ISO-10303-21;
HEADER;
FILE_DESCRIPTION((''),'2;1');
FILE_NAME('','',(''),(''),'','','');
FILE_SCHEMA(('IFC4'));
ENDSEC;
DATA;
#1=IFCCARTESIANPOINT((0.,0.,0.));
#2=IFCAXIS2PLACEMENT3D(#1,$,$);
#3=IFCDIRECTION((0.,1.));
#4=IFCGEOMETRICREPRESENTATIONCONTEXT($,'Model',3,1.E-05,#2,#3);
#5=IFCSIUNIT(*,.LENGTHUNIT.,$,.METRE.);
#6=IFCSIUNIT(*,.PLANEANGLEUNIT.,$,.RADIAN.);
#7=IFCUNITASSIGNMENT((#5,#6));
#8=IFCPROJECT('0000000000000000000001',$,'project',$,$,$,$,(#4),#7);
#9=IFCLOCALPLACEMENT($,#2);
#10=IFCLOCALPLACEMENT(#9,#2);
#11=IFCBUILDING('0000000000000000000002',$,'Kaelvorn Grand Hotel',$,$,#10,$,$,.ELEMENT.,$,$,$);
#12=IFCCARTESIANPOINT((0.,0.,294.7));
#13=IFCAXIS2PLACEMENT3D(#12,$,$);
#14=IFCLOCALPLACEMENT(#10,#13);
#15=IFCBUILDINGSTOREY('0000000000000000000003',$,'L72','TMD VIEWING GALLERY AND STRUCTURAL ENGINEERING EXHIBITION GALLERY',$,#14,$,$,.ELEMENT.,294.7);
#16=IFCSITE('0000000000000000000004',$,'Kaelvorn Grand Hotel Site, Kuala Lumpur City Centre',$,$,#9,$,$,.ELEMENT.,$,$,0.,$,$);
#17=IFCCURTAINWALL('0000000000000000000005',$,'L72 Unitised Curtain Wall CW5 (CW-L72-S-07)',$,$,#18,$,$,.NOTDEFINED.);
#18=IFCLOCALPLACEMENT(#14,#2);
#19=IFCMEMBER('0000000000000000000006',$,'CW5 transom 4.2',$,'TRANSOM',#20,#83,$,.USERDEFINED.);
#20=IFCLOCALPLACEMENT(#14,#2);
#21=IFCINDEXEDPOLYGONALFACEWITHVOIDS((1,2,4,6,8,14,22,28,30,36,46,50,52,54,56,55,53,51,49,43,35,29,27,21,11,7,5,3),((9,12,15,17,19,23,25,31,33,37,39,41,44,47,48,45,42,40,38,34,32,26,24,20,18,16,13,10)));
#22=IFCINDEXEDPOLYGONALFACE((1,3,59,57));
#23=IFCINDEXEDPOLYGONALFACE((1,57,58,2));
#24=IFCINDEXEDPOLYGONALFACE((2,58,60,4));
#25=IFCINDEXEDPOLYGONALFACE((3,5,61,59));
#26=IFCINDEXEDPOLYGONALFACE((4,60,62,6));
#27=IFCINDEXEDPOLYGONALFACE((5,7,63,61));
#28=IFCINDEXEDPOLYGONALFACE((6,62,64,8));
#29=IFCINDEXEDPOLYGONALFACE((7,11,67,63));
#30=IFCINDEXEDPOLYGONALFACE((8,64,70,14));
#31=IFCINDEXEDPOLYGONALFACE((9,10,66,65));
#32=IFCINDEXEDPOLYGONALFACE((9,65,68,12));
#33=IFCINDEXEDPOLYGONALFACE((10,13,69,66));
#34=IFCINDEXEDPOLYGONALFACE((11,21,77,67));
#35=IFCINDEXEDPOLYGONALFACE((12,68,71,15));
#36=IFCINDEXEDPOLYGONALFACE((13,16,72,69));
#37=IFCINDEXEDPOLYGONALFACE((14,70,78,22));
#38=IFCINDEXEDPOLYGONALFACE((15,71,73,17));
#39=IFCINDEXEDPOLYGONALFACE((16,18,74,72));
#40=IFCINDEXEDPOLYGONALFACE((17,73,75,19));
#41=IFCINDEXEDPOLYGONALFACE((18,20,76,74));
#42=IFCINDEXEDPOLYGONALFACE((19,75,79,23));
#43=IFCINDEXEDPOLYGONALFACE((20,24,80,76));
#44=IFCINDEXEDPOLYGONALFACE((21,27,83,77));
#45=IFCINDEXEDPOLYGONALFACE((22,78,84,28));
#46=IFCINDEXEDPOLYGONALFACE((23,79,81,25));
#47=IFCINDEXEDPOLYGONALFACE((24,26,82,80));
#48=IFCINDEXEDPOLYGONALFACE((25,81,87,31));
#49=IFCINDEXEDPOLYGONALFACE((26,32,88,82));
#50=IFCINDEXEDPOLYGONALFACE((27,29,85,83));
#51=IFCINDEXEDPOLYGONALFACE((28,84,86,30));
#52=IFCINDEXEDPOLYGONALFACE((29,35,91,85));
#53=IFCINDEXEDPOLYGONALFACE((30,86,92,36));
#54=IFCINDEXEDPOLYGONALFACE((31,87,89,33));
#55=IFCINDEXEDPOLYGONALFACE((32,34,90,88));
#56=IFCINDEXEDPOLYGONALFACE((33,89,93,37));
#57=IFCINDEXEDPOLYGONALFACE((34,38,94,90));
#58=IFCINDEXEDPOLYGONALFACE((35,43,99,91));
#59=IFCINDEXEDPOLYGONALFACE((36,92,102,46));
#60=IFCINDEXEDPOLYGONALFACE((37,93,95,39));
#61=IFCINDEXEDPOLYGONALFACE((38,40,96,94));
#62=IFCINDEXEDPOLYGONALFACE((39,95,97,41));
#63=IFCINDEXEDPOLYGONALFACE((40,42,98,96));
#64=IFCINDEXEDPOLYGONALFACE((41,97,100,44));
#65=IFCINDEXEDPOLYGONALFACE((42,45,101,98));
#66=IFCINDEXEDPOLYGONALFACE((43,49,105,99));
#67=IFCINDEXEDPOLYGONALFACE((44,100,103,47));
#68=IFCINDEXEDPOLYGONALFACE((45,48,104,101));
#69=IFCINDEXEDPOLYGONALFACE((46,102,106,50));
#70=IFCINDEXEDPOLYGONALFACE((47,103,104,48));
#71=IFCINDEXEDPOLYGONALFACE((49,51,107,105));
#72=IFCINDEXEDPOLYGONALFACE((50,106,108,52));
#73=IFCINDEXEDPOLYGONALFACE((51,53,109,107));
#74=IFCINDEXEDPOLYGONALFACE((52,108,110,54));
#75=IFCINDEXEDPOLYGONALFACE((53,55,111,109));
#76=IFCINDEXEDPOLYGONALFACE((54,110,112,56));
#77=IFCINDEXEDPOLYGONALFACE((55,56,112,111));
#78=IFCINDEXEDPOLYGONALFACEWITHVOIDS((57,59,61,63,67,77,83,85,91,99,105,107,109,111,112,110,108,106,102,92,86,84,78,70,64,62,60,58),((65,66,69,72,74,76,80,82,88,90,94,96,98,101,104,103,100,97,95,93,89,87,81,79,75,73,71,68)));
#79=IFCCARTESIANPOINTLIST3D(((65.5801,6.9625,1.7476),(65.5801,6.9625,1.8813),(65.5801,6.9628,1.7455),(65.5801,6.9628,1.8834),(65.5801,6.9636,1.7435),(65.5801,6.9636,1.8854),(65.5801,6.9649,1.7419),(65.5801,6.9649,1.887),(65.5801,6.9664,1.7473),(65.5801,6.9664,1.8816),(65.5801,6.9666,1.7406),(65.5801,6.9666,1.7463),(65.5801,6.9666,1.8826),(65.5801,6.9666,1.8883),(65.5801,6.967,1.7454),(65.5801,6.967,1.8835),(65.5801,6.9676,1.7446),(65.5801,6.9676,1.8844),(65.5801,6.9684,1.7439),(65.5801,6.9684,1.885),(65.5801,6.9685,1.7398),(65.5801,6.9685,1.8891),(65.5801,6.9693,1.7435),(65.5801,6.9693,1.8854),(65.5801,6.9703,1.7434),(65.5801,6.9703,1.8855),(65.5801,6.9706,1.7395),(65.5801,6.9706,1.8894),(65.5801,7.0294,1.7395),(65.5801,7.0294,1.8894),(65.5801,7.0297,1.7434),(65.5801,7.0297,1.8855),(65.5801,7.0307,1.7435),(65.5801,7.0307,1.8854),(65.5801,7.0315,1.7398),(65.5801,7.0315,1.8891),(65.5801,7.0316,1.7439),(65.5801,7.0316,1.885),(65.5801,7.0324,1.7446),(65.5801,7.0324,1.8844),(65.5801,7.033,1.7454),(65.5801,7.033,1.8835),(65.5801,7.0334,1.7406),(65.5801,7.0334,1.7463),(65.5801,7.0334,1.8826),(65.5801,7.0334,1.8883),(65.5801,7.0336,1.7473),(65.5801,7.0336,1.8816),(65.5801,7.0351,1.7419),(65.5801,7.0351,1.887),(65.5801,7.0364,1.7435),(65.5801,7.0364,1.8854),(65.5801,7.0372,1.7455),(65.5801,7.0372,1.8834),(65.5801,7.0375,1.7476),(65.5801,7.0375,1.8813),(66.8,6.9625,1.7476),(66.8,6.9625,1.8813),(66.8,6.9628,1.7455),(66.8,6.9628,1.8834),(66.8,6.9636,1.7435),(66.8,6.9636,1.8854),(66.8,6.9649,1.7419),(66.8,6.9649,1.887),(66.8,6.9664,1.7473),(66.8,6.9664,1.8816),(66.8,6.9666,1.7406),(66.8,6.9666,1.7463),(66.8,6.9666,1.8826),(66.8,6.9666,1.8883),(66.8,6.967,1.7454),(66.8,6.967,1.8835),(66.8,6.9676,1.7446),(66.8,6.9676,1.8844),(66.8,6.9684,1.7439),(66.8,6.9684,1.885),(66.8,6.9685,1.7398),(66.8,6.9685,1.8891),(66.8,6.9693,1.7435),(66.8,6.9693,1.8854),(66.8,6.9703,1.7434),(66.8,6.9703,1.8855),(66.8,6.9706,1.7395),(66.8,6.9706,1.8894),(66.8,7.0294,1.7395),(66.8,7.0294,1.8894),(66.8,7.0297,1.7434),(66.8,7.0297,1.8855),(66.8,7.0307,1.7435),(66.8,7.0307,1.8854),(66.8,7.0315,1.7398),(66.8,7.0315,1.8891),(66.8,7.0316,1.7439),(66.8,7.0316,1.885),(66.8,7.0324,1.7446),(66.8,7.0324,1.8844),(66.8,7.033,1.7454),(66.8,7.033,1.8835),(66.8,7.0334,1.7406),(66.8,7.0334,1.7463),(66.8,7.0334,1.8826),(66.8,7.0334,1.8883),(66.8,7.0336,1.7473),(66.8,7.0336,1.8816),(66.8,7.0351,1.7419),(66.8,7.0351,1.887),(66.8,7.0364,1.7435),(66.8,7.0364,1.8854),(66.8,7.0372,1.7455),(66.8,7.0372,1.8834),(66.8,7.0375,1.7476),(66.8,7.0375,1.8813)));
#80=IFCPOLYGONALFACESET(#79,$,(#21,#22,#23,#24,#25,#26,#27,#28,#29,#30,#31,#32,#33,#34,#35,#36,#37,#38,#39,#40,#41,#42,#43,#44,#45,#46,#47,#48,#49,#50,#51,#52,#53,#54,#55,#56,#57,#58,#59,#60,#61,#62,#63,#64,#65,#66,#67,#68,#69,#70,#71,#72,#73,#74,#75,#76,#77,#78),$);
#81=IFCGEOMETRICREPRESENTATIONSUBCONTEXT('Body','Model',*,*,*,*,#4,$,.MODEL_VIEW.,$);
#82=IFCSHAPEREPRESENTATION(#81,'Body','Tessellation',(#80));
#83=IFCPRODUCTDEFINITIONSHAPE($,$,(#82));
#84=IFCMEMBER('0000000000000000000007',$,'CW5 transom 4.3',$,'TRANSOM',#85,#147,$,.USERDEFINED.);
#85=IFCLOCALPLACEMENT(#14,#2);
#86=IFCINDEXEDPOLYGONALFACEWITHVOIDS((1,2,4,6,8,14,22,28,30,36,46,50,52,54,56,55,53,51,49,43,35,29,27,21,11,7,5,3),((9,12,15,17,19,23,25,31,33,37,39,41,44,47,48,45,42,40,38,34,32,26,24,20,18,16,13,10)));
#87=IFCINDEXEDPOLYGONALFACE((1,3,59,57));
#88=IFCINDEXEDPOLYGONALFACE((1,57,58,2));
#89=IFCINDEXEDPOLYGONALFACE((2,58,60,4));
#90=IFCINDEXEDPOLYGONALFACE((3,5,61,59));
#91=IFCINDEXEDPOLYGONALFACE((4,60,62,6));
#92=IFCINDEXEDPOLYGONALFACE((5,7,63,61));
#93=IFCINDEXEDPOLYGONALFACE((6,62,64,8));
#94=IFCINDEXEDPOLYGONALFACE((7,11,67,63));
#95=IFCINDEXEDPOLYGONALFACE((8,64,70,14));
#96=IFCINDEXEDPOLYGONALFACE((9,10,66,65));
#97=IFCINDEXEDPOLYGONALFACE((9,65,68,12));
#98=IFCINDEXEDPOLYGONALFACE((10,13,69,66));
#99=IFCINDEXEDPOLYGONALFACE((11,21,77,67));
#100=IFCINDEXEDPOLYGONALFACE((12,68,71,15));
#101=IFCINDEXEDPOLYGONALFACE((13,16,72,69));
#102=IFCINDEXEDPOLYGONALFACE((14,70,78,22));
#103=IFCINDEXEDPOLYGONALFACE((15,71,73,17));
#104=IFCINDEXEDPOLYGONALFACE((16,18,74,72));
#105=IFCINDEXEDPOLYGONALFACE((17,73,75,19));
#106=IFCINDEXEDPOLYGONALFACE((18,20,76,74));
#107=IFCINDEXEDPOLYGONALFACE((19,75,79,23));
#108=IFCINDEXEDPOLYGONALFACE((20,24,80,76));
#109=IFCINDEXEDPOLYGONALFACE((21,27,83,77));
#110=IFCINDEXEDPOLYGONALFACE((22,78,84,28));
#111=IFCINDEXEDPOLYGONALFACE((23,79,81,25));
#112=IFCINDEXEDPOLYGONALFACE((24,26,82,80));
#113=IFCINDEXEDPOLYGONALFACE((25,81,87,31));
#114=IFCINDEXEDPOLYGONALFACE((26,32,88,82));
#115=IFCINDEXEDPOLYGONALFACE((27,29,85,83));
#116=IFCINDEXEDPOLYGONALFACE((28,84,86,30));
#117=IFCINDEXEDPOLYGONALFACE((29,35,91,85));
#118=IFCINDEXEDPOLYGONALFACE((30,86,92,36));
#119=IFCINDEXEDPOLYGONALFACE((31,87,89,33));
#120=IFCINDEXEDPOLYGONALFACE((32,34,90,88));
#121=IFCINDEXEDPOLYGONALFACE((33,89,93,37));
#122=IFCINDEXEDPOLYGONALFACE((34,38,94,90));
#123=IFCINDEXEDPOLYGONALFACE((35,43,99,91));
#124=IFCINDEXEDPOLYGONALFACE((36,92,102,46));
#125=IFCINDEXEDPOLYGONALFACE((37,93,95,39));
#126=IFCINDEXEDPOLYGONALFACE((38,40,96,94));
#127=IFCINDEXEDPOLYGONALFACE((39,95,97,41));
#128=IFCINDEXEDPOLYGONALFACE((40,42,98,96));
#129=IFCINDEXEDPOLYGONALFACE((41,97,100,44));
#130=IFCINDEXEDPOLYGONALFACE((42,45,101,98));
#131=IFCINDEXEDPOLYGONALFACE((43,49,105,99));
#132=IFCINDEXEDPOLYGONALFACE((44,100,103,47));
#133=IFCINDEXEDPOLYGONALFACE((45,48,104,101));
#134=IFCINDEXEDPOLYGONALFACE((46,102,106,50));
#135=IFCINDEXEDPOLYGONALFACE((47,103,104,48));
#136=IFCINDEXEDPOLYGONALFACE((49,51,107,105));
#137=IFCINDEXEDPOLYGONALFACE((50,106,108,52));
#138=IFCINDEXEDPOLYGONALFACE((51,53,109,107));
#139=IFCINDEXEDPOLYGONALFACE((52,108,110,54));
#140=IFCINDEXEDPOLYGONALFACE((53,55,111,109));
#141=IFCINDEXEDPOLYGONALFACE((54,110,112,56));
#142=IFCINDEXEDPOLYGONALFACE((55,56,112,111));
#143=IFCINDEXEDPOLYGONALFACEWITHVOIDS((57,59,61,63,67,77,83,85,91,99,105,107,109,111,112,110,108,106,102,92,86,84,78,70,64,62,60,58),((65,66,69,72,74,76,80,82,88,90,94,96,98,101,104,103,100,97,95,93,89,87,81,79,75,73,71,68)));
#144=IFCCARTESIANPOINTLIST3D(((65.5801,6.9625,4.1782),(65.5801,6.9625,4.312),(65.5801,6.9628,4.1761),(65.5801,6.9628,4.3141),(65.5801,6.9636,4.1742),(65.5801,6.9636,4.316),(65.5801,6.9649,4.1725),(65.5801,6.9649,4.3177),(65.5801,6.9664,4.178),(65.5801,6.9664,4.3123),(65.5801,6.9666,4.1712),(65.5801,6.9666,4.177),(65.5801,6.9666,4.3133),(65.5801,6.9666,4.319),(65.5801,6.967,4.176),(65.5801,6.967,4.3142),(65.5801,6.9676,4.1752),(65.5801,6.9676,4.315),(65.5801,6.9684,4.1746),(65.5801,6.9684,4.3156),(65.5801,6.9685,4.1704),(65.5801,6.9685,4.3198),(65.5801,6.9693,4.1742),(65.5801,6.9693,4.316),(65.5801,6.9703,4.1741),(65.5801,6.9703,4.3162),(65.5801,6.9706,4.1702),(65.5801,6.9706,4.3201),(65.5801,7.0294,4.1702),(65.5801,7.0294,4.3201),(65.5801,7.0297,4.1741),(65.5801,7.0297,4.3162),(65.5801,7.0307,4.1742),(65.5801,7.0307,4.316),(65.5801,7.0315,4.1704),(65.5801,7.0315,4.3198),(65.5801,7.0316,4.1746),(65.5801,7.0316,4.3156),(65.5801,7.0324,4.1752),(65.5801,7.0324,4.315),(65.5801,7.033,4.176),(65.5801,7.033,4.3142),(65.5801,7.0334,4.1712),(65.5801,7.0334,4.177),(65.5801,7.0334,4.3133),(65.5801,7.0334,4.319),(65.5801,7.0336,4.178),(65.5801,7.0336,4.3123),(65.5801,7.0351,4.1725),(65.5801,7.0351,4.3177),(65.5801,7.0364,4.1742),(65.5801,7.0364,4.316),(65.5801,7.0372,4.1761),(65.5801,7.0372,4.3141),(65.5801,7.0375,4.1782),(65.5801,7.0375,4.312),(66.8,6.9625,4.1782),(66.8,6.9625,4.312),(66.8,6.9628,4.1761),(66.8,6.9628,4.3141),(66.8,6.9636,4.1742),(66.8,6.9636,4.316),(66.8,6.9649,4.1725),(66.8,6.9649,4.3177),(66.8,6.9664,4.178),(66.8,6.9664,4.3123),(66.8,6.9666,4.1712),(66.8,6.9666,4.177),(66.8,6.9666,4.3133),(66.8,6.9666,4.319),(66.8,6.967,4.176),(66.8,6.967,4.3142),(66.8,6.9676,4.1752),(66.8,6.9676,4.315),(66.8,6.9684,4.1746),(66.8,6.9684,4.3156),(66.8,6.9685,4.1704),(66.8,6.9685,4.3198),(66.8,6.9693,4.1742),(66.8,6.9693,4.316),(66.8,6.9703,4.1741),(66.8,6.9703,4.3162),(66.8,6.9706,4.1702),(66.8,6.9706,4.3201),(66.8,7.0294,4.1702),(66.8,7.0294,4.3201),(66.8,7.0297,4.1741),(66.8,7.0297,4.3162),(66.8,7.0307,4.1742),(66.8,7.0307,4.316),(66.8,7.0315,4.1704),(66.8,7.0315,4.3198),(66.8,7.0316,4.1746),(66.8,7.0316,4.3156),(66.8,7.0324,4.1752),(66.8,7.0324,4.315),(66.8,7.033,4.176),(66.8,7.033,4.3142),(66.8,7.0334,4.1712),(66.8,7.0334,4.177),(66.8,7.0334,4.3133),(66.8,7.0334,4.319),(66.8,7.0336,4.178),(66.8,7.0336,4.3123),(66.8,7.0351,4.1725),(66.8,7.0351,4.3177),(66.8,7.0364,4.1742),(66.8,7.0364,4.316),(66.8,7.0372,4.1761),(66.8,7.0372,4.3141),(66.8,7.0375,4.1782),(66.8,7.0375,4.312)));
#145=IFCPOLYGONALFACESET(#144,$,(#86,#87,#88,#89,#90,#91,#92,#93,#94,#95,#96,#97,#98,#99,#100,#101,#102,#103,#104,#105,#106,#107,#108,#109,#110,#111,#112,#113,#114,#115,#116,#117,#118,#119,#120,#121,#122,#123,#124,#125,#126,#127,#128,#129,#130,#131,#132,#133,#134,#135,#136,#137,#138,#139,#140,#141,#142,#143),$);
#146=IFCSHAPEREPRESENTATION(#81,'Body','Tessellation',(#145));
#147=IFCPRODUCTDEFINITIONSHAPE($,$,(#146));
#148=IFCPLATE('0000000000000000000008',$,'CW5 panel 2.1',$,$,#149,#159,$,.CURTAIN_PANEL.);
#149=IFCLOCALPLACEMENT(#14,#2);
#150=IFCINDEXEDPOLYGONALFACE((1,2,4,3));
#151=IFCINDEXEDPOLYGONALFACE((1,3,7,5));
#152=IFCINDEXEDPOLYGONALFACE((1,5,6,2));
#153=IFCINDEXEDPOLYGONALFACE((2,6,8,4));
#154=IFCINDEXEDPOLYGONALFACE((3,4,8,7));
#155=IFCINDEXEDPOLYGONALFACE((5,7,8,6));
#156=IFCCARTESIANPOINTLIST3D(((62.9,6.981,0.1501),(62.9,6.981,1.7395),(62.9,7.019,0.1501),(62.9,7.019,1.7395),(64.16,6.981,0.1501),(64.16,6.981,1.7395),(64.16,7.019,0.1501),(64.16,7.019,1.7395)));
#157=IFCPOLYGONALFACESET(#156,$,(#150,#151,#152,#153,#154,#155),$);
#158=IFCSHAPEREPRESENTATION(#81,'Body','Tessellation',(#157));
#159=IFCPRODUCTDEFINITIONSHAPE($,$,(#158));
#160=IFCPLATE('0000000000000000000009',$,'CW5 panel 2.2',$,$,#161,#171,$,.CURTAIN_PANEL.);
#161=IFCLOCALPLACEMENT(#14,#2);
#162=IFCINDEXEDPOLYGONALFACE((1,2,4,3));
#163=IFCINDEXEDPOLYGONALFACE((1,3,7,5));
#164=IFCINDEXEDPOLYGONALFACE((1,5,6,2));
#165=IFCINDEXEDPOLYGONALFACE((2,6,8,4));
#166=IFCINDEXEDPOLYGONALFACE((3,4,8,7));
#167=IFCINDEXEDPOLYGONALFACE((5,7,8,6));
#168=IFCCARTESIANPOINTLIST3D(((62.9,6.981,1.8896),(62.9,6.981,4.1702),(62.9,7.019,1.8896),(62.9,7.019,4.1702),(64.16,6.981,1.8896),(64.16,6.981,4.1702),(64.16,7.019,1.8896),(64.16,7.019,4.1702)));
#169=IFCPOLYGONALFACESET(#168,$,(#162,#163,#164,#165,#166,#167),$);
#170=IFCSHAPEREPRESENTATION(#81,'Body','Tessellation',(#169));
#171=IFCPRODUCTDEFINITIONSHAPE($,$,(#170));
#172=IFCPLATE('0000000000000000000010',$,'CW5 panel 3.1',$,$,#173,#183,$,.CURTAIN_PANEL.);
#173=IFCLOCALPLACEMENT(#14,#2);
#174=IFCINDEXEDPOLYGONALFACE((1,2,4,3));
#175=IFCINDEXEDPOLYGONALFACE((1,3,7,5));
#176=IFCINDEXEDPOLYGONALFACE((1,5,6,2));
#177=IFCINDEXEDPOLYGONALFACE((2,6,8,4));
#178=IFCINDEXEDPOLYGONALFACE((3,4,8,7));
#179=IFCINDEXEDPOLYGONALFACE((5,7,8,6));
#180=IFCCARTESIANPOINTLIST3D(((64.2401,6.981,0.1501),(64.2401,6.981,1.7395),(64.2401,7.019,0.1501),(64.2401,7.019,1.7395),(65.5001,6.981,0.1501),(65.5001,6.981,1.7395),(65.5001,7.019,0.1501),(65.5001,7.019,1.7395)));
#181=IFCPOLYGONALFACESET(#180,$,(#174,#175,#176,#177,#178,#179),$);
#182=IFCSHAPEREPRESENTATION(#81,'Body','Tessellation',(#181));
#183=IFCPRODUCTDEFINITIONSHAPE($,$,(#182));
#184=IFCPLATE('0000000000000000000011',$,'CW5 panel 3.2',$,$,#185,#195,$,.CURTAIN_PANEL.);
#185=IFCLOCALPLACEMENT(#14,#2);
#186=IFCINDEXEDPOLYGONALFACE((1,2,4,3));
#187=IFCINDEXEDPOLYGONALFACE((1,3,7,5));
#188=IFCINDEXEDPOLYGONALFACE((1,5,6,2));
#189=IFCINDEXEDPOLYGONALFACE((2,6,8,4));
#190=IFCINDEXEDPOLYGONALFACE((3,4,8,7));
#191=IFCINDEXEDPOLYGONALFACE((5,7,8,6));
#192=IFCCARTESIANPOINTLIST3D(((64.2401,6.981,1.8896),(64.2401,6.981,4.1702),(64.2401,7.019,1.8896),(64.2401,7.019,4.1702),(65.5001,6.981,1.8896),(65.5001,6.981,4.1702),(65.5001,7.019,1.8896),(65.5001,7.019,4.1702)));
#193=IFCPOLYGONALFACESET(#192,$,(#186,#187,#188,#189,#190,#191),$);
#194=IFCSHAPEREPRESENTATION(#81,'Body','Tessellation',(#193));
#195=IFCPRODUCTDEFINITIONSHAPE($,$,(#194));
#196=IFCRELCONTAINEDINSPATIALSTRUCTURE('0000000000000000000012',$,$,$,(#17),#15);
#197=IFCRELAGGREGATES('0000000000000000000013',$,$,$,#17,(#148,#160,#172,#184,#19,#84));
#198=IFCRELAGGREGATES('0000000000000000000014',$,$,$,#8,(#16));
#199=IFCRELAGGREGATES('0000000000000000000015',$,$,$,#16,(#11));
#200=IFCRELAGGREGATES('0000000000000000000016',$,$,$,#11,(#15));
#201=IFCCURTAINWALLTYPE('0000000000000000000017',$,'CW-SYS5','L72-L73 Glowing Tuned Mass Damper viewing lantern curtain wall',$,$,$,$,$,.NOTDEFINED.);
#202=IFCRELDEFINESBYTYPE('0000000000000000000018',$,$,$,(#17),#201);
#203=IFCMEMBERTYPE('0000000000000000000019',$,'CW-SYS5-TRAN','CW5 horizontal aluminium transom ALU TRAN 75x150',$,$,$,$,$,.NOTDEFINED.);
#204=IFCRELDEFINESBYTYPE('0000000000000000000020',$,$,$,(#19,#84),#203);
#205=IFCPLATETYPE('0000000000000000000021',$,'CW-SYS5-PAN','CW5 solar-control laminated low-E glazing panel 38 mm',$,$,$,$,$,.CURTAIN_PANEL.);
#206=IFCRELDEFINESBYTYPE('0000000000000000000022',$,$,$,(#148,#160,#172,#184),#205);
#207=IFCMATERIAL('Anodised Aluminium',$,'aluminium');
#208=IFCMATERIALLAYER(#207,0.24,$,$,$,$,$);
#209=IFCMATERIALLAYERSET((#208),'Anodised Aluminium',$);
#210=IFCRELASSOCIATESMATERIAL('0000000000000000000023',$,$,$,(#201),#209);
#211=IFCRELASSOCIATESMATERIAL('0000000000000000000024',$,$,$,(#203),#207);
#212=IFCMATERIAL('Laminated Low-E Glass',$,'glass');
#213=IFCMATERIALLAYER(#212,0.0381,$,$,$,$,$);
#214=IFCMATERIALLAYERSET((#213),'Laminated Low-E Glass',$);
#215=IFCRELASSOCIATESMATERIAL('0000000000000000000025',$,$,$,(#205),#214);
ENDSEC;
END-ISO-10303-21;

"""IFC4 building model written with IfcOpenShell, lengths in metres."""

from ifc_helpers import new_model, si_unit, direction, frame, origin, origin_2d, place, context, subcontext, project, spatial, rectangle, hollow_rectangle, extrude, material, layer, layer_set, material_profile, profile_set, type_object, element, aggregate, save


model = new_model("IFC4")

# Units and contexts
model_context = context("Model", 3, precision=1e-05, world=origin(), true_north=direction((0.0, 1.0)))
body_context = subcontext(model_context, "Body", "Model", "MODEL_VIEW")
ifc_project = project(units=[si_unit("LENGTHUNIT", "METRE"), si_unit("PLANEANGLEUNIT", "RADIAN")], contexts=[model_context])

# Site, building, storey
site_placement = place(None, origin())
site = spatial("IfcSite", under=ifc_project, at=site_placement, Name="Kaelvorn Grand Hotel Site, Kuala Lumpur City Centre", CompositionType="ELEMENT", RefElevation=0.0)
building_placement = place(site_placement, origin())
building = spatial("IfcBuilding", under=site, at=building_placement, Name="Kaelvorn Grand Hotel", CompositionType="ELEMENT")
storey_placement = place(building_placement, frame((0.0, 0.0, 294.7)))
storey = spatial("IfcBuildingStorey", under=building, at=storey_placement, Name="L72", Description="TMD VIEWING GALLERY AND STRUCTURAL ENGINEERING EXHIBITION GALLERY", CompositionType="ELEMENT", Elevation=294.7)

# Curtain wall, members, plates
ifc_material_1 = material(Name="Anodised Aluminium", Category="aluminium")
ifc_layer_1 = layer(ifc_material_1, 0.24)
ifc_layer_set_1 = layer_set([ifc_layer_1], Name="Anodised Aluminium")
curtain_wall_type = type_object("IfcCurtainWallType", Name="CW-SYS5", Description="L72-L73 Glowing Tuned Mass Damper viewing lantern curtain wall", PredefinedType="NOTDEFINED", material=ifc_layer_set_1)
curtain_wall_placement = place(storey_placement, origin())
curtain_wall = element("IfcCurtainWall", 1, at=curtain_wall_placement, inside=storey, type_object=curtain_wall_type, Name="L72 Unitised Curtain Wall CW5 (CW-L72-S-07)", PredefinedType="NOTDEFINED")
ifc_material_profile_1 = material_profile(ifc_material_1, hollow_rectangle(XDim=0.075, YDim=0.1499, WallThickness=0.0039, InnerFilletRadius=0.0039, OuterFilletRadius=0.0081, at=origin_2d()), Name="ALU TRAN 75x150")
ifc_profile_set_1 = profile_set([ifc_material_profile_1], Name="Anodised Aluminium")
member_type_1 = type_object("IfcMemberType", Name="CW-SYS5-TRAN", Description="CW5 horizontal aluminium transom ALU TRAN 75x150", PredefinedType="NOTDEFINED", material=ifc_profile_set_1)
member_1_placement = place(storey_placement, frame((65.5801, 7.0, 1.8145), z_axis=(1.0, 0.0, 0.0), x_axis=(0.0, 1.0, 0.0)))
member_1 = element("IfcMember", 2, at=member_1_placement, type_object=member_type_1, Name="CW5 transom 4.2", ObjectType="TRANSOM", PredefinedType="USERDEFINED", context=body_context, shape_type="SweptSolid", body=[
    extrude(hollow_rectangle(XDim=0.075, YDim=0.1499, WallThickness=0.0039, InnerFilletRadius=0.0039, OuterFilletRadius=0.0081, at=origin_2d()), origin(), (0.0, 0.0, 1.0), 1.22),
])
member_2_placement = place(storey_placement, frame((65.5801, 7.0, 4.2451), z_axis=(1.0, 0.0, 0.0), x_axis=(0.0, 1.0, 0.0)))
member_2 = element("IfcMember", 3, at=member_2_placement, type_object=member_type_1, Name="CW5 transom 4.3", ObjectType="TRANSOM", PredefinedType="USERDEFINED", context=body_context, shape_type="SweptSolid", body=[
    extrude(hollow_rectangle(XDim=0.075, YDim=0.1499, WallThickness=0.0039, InnerFilletRadius=0.0039, OuterFilletRadius=0.0081, at=origin_2d()), origin(), (0.0, 0.0, 1.0), 1.22),
])
ifc_material_2 = material(Name="Laminated Low-E Glass", Category="glass")
ifc_layer_2 = layer(ifc_material_2, 0.0381)
ifc_layer_set_2 = layer_set([ifc_layer_2], Name="Laminated Low-E Glass")
plate_type = type_object("IfcPlateType", Name="CW-SYS5-PAN", Description="CW5 solar-control laminated low-E glazing panel 38 mm", PredefinedType="CURTAIN_PANEL", material=ifc_layer_set_2)
plate_1_placement = place(storey_placement, frame((63.53, 7.0, 0.1501), z_axis=(0.0, 0.0, 1.0), x_axis=(1.0, 0.0, 0.0)))
plate_1 = element("IfcPlate", 4, at=plate_1_placement, type_object=plate_type, Name="CW5 panel 2.1", PredefinedType="CURTAIN_PANEL", context=body_context, shape_type="SweptSolid", body=[
    extrude(rectangle(XDim=1.26, YDim=0.0381, at=origin_2d()), origin(), (0.0, 0.0, 1.0), 1.5894),
])
plate_2_placement = place(storey_placement, frame((63.53, 7.0, 1.8896), z_axis=(0.0, 0.0, 1.0), x_axis=(1.0, 0.0, 0.0)))
plate_2 = element("IfcPlate", 5, at=plate_2_placement, type_object=plate_type, Name="CW5 panel 2.2", PredefinedType="CURTAIN_PANEL", context=body_context, shape_type="SweptSolid", body=[
    extrude(rectangle(XDim=1.26, YDim=0.0381, at=origin_2d()), origin(), (0.0, 0.0, 1.0), 2.2805),
])
plate_3_placement = place(storey_placement, frame((64.8701, 7.0, 0.1501), z_axis=(0.0, 0.0, 1.0), x_axis=(1.0, 0.0, 0.0)))
plate_3 = element("IfcPlate", 6, at=plate_3_placement, type_object=plate_type, Name="CW5 panel 3.1", PredefinedType="CURTAIN_PANEL", context=body_context, shape_type="SweptSolid", body=[
    extrude(rectangle(XDim=1.26, YDim=0.0381, at=origin_2d()), origin(), (0.0, 0.0, 1.0), 1.5894),
])
plate_4_placement = place(storey_placement, frame((64.8701, 7.0, 1.8896), z_axis=(0.0, 0.0, 1.0), x_axis=(1.0, 0.0, 0.0)))
plate_4 = element("IfcPlate", 7, at=plate_4_placement, type_object=plate_type, Name="CW5 panel 3.2", PredefinedType="CURTAIN_PANEL", context=body_context, shape_type="SweptSolid", body=[
    extrude(rectangle(XDim=1.26, YDim=0.0381, at=origin_2d()), origin(), (0.0, 0.0, 1.0), 2.2805),
])
aggregate(curtain_wall, [plate_1, plate_2, plate_3, plate_4, member_1, member_2])

save(model, "model.ifc")
